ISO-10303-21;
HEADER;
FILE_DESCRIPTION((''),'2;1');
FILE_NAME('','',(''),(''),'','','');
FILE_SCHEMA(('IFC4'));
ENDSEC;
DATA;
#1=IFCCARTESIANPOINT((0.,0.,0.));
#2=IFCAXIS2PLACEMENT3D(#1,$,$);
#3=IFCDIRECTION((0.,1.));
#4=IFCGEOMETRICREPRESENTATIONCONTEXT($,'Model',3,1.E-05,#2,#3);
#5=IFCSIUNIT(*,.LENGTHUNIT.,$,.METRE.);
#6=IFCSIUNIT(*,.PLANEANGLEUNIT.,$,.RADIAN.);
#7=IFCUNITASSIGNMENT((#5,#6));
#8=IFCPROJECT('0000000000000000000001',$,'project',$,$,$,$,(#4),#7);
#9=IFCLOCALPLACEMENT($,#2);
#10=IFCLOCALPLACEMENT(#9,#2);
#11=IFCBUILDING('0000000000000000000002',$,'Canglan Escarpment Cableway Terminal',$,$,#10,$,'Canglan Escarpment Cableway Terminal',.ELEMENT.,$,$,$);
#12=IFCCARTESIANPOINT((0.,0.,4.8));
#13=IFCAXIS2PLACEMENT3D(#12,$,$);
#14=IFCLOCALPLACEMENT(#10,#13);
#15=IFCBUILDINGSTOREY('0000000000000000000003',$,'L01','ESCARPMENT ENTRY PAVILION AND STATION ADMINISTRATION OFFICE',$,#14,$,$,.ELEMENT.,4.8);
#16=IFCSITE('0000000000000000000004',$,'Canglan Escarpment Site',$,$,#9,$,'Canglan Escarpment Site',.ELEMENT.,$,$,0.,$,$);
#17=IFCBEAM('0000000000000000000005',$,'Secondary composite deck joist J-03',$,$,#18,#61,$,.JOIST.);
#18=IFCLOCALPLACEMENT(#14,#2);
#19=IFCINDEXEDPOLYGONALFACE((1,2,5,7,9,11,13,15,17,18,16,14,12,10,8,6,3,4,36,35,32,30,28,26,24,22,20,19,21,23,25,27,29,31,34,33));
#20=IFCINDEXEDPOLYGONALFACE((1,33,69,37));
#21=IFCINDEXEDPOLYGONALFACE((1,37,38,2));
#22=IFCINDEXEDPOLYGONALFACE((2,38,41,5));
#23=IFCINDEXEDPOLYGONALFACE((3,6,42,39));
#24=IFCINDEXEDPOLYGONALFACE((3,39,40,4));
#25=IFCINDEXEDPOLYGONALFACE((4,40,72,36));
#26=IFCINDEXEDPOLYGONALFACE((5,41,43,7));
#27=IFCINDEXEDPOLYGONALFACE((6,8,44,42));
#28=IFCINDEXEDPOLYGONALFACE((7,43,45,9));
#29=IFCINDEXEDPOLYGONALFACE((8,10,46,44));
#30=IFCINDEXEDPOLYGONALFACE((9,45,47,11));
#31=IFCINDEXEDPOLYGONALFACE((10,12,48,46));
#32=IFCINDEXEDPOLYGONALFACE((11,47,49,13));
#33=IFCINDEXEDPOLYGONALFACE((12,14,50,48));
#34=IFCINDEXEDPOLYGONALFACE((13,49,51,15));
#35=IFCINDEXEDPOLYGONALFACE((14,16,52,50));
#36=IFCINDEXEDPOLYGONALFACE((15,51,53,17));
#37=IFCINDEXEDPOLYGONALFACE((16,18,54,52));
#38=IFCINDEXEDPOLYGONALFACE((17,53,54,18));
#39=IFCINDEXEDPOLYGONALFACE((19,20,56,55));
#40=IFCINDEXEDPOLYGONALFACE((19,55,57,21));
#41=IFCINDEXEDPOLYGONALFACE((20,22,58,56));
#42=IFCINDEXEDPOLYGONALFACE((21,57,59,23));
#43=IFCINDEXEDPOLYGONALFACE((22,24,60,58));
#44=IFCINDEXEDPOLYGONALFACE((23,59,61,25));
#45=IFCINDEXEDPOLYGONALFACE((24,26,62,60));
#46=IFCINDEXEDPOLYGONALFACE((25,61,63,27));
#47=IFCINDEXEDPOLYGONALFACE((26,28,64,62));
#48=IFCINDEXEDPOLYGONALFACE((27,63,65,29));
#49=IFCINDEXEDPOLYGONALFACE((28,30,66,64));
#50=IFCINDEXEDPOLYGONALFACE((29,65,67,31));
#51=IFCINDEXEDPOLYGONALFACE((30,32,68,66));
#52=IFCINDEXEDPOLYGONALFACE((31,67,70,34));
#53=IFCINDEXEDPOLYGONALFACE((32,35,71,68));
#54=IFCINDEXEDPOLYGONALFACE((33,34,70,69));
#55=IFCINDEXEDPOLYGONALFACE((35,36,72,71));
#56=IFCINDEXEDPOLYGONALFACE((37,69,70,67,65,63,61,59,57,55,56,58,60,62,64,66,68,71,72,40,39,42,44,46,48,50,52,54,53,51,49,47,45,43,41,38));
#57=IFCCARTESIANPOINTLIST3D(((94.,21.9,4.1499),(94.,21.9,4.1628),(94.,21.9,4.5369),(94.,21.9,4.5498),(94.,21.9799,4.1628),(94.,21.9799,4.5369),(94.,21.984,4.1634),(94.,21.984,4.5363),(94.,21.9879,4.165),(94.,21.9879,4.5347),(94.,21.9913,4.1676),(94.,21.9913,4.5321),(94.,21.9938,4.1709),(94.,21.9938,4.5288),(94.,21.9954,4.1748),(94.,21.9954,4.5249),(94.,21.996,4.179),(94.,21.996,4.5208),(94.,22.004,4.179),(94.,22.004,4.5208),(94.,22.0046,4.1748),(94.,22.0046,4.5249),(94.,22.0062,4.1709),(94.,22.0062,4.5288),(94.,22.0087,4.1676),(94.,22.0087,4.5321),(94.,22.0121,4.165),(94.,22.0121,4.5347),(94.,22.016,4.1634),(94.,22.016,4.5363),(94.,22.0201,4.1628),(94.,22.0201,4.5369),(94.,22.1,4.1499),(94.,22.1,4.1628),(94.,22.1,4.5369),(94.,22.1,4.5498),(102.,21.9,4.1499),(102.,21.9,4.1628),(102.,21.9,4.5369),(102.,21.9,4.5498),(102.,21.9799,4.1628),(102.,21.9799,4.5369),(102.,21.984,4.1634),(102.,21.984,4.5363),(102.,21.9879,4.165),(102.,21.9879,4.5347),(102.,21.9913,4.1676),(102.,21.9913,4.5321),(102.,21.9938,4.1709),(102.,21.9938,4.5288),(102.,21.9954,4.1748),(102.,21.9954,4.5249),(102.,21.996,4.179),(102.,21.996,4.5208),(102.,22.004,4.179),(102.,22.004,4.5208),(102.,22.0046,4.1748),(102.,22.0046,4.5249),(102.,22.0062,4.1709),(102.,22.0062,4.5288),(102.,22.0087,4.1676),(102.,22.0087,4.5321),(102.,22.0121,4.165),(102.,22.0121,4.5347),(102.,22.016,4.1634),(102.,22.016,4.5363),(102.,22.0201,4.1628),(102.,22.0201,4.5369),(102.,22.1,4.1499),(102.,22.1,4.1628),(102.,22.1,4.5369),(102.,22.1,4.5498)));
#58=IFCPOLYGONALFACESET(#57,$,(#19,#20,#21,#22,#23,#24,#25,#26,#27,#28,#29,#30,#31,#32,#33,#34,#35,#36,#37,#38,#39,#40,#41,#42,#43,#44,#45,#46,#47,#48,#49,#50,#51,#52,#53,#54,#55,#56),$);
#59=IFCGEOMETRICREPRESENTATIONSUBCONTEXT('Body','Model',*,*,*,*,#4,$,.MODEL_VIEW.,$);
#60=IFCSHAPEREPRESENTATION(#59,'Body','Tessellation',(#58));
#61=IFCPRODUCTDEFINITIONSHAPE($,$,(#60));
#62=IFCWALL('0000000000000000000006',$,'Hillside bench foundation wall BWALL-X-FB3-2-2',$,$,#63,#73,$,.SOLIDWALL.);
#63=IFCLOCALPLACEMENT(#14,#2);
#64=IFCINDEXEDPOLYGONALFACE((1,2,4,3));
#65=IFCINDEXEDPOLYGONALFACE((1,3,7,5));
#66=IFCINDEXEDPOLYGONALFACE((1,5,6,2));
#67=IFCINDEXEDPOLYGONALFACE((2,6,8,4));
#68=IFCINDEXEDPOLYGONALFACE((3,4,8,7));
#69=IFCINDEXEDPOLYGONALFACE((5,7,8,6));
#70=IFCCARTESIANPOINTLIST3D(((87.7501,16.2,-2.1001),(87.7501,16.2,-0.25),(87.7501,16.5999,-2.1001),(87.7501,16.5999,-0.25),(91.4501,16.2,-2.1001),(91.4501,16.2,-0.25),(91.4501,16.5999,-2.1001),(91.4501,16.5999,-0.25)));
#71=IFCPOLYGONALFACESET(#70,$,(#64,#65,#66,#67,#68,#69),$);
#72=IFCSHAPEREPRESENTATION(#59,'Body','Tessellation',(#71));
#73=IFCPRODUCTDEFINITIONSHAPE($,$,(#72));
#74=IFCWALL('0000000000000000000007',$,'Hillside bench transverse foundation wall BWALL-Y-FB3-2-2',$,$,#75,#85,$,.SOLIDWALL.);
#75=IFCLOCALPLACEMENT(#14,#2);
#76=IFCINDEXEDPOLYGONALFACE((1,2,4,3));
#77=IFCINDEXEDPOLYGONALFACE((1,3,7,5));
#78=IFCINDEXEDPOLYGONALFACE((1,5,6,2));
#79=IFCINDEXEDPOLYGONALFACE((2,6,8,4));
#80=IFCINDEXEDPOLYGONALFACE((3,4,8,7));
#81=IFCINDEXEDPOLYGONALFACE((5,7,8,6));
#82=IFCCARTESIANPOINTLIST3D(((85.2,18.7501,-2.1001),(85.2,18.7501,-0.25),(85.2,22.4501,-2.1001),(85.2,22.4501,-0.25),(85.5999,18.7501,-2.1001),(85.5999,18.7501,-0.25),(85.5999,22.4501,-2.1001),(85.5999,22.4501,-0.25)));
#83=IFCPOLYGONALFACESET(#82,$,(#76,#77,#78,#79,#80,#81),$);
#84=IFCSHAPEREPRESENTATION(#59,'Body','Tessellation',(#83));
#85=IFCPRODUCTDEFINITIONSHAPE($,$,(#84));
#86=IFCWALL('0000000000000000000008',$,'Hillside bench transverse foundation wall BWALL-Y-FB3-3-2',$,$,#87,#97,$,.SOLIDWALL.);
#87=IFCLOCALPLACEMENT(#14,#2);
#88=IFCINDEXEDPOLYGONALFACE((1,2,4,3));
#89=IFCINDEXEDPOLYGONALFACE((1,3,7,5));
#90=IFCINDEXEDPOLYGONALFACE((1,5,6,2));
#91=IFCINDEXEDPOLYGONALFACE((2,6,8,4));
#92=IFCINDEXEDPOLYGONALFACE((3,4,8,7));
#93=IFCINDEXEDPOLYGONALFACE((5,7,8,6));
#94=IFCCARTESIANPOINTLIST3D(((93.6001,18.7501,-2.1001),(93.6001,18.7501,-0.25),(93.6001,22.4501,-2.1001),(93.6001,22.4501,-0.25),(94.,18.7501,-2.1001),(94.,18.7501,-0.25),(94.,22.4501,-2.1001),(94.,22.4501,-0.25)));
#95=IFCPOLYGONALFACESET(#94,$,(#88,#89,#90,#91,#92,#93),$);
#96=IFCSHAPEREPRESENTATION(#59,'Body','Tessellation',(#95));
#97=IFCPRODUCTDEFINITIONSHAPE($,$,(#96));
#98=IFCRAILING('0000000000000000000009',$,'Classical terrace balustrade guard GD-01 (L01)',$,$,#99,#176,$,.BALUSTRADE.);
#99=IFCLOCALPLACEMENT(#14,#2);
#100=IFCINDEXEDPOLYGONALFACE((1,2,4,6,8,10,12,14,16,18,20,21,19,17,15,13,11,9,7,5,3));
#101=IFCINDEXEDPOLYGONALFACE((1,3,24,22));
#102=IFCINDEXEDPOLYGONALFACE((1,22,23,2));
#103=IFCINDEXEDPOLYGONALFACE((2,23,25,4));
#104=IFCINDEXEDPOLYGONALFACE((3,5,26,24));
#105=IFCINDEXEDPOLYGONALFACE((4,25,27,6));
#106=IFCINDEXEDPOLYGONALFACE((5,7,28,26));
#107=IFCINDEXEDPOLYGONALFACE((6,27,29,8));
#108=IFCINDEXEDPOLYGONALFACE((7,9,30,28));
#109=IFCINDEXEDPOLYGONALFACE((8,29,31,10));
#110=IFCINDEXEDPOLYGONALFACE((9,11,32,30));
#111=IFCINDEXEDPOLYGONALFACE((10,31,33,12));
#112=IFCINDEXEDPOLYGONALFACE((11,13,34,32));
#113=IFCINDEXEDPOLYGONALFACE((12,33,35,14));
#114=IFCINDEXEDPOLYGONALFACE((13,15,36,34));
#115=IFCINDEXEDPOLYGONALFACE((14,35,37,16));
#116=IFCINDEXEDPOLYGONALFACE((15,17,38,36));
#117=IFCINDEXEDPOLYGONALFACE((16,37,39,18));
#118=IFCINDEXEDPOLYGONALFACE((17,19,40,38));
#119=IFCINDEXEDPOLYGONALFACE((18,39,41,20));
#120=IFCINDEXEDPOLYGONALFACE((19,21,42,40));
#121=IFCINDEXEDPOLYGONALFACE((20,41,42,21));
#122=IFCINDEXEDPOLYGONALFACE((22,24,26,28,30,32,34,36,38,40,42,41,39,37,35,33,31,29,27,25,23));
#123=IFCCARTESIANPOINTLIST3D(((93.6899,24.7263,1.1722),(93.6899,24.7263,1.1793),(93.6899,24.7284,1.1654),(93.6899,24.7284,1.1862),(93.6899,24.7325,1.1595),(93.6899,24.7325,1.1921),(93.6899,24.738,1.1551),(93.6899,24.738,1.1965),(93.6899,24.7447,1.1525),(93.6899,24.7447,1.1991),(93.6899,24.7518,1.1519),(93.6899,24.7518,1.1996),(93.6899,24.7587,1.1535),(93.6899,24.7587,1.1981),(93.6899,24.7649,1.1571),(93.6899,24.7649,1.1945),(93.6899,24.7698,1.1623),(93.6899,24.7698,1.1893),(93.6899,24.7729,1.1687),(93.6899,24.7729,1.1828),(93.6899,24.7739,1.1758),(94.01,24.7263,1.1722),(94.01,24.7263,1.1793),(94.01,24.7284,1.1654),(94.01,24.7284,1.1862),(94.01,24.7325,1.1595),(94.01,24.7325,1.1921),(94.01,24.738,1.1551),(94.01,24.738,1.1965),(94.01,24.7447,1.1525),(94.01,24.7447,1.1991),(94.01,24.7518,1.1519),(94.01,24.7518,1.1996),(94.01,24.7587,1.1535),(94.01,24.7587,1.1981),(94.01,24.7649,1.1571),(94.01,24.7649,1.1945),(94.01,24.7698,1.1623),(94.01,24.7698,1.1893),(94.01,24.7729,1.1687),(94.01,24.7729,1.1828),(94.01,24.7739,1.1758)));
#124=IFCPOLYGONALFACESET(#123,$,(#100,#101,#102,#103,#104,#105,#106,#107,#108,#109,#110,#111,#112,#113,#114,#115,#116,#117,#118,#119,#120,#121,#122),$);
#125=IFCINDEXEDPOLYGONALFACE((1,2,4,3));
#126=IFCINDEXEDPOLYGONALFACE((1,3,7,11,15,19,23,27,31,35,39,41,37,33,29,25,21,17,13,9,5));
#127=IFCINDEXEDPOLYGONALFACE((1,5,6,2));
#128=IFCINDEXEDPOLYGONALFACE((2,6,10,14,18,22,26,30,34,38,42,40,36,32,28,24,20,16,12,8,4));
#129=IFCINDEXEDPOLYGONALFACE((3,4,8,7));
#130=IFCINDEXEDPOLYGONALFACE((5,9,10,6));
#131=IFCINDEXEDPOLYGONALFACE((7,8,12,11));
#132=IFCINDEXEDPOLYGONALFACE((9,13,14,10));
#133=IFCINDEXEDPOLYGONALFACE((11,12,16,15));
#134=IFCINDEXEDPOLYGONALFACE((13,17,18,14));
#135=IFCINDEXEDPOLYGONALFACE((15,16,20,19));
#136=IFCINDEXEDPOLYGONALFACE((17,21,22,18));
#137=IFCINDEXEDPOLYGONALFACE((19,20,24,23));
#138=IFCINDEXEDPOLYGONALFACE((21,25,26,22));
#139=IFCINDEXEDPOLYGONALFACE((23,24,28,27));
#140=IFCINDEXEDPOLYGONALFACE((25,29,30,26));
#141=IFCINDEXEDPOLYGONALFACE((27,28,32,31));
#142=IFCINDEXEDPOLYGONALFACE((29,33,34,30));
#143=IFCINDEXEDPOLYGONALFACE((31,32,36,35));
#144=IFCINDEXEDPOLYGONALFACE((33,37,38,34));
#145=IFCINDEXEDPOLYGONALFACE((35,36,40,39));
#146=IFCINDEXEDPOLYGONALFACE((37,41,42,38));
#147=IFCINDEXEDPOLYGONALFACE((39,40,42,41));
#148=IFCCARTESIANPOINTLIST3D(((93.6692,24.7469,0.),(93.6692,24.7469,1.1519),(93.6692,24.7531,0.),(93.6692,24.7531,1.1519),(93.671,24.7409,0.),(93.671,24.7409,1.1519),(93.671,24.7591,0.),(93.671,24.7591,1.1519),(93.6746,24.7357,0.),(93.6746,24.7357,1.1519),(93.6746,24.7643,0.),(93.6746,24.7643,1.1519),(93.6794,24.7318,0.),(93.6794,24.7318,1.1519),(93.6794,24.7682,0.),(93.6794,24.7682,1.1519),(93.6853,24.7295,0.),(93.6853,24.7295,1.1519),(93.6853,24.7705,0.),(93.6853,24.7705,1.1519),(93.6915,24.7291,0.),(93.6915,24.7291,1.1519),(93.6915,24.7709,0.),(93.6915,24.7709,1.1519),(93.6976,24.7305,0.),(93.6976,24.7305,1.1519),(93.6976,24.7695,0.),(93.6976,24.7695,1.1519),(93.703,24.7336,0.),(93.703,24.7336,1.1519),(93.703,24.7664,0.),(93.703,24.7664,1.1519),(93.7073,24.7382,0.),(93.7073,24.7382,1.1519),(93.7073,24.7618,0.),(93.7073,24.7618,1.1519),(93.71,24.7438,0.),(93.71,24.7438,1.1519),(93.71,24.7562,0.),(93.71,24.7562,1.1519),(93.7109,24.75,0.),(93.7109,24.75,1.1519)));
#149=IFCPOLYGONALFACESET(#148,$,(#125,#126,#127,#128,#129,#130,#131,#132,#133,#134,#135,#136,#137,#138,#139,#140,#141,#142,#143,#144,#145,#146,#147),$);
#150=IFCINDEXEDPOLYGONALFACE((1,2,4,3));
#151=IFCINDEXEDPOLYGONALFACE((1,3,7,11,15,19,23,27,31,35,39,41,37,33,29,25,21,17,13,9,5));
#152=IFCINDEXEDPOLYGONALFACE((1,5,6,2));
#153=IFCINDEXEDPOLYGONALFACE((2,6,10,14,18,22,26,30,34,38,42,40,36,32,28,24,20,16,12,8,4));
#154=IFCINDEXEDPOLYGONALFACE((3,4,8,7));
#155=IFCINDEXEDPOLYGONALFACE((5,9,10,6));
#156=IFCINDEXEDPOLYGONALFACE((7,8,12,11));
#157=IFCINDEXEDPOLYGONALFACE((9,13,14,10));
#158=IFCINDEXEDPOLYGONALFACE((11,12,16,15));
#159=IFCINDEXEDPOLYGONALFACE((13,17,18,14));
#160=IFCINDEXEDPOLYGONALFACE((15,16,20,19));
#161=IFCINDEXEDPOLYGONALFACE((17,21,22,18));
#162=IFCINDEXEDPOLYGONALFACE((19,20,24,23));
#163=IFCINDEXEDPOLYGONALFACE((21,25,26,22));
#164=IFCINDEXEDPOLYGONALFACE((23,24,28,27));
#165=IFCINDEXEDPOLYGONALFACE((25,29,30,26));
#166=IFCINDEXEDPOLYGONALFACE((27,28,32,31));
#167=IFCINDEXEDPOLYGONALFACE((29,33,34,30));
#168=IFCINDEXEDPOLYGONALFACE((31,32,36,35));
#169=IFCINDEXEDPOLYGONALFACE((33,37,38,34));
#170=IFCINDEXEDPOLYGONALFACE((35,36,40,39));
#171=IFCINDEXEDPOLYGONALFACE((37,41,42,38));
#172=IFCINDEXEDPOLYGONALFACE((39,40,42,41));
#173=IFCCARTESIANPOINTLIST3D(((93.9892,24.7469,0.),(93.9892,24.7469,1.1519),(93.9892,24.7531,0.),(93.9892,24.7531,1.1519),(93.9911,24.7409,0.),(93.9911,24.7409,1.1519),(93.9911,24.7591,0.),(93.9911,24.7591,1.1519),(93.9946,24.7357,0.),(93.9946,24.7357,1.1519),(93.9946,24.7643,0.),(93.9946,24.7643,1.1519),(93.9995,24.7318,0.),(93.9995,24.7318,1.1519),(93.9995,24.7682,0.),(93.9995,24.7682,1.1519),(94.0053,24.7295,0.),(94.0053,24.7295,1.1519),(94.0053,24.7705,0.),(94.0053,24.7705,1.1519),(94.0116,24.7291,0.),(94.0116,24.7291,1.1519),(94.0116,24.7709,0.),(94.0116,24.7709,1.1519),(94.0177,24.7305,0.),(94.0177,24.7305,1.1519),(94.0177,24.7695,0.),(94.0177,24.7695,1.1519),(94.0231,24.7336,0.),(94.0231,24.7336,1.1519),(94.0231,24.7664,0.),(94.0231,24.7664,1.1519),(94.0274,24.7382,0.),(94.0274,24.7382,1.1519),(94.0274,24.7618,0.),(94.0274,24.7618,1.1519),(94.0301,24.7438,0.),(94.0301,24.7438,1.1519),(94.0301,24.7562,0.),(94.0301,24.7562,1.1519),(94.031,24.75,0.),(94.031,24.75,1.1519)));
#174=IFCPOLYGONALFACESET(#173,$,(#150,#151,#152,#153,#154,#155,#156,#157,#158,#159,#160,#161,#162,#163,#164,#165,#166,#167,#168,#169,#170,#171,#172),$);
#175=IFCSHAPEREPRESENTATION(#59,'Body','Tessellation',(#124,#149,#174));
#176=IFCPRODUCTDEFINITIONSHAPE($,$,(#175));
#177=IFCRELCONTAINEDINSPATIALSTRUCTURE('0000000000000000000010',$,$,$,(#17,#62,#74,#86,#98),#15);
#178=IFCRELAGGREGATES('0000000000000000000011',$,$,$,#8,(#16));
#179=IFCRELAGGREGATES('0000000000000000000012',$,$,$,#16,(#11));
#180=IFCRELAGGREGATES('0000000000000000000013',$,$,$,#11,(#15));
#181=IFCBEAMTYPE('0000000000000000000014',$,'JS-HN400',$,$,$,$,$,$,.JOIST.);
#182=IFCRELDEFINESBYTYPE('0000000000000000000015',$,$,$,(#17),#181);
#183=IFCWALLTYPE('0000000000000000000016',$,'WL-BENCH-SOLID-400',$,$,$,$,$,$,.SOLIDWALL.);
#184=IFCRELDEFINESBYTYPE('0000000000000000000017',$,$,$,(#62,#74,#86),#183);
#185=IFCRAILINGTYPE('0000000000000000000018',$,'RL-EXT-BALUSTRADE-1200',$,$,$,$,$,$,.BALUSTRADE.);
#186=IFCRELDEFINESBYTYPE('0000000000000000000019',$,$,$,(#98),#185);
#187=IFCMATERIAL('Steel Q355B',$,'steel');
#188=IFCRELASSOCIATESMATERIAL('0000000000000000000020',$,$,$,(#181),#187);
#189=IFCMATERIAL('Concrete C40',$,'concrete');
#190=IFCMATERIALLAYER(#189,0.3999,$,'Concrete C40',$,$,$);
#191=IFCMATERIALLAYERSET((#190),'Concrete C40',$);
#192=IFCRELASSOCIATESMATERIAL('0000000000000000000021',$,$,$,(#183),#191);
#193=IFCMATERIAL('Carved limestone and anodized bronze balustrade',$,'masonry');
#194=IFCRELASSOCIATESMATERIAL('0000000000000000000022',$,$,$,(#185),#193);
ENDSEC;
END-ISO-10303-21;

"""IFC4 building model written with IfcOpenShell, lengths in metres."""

from ifc_helpers import new_model, si_unit, direction, frame, frame_2d, origin, origin_2d, place, context, subcontext, project, spatial, rectangle, circle, i_section, extrude, material, layer, layer_set, material_profile, profile_set, type_object, element, save


model = new_model("IFC4")

# Units and contexts
model_context = context("Model", 3, precision=1e-05, world=origin(), true_north=direction((0.0, 1.0)))
body_context = subcontext(model_context, "Body", "Model", "MODEL_VIEW")
ifc_project = project(units=[si_unit("LENGTHUNIT", "METRE"), si_unit("PLANEANGLEUNIT", "RADIAN")], contexts=[model_context])

# Site, building, storey
site_placement = place(None, origin())
site = spatial("IfcSite", under=ifc_project, at=site_placement, Name="Canglan Escarpment Site", LongName="Canglan Escarpment Site", CompositionType="ELEMENT", RefElevation=0.0)
building_placement = place(site_placement, origin())
building = spatial("IfcBuilding", under=site, at=building_placement, Name="Canglan Escarpment Cableway Terminal", LongName="Canglan Escarpment Cableway Terminal", CompositionType="ELEMENT")
storey_placement = place(building_placement, frame((0.0, 0.0, 4.8)))
storey = spatial("IfcBuildingStorey", under=building, at=storey_placement, Name="L01", Description="ESCARPMENT ENTRY PAVILION AND STATION ADMINISTRATION OFFICE", CompositionType="ELEMENT", Elevation=4.8)

# Shared definitions
ifc_material_1 = material(Name="Concrete C40", Category="concrete")

# Beam
ifc_material_2 = material(Name="Steel Q355B", Category="steel")
ifc_material_profile_1 = material_profile(ifc_material_2, i_section(OverallWidth=0.2, OverallDepth=0.3999, WebThickness=0.0081, FlangeThickness=0.0129, FilletRadius=0.0161, at=origin_2d()), Name="HN 400x200x8x13")
ifc_profile_set_1 = profile_set([ifc_material_profile_1], Name="Steel Q355B")
beam_type_1 = type_object("IfcBeamType", Name="JS-HN400", PredefinedType="JOIST", material=ifc_profile_set_1)
for number, where, z_axis, x_axis, name in (
    (1, (94.0, 22.0, 4.3499), (1.0, 0.0, 0.0), (0.0, 1.0, 0.0), "Secondary composite deck joist J-03"),
):
    element("IfcBeam", number, at=place(storey_placement, frame(where, z_axis=z_axis, x_axis=x_axis)), inside=storey, type_object=beam_type_1, Name=name, PredefinedType="JOIST", context=body_context, shape_type="SweptSolid", body=[
        extrude(i_section(OverallWidth=0.2, OverallDepth=0.3999, WebThickness=0.0081, FlangeThickness=0.0129, FilletRadius=0.0161, at=origin_2d()), origin(), (0.0, 0.0, 1.0), 8.0),
    ])

# Walls
ifc_layer = layer(ifc_material_1, 0.3999, Name="Concrete C40")
ifc_layer_set = layer_set([ifc_layer], Name="Concrete C40")
wall_type = type_object("IfcWallType", Name="WL-BENCH-SOLID-400", PredefinedType="SOLIDWALL", material=ifc_layer_set)
for number, where, z_axis, x_axis, name in (
    (2, (87.75, 16.3999, -2.1001), (0.0, 0.0, 1.0), (1.0, 0.0, 0.0), "Hillside bench foundation wall BWALL-X-FB3-2-2"),
    (3, (85.3999, 18.75, -2.1001), (0.0, 0.0, 1.0), (0.0, 1.0, 0.0), "Hillside bench transverse foundation wall BWALL-Y-FB3-2-2"),
    (4, (93.8, 18.75, -2.1001), (0.0, 0.0, 1.0), (0.0, 1.0, 0.0), "Hillside bench transverse foundation wall BWALL-Y-FB3-3-2"),
):
    element("IfcWall", number, at=place(storey_placement, frame(where, z_axis=z_axis, x_axis=x_axis)), inside=storey, type_object=wall_type, Name=name, PredefinedType="SOLIDWALL", context=body_context, shape_type="SweptSolid", body=[
        extrude(rectangle(XDim=3.7, YDim=0.3999, at=frame_2d((1.8501, 0.0))), origin(), (0.0, 0.0, 1.0), 1.8501),
    ])

# Railing
ifc_material_3 = material(Name="Carved limestone and anodized bronze balustrade", Category="masonry")
railing_type = type_object("IfcRailingType", Name="RL-EXT-BALUSTRADE-1200", PredefinedType="BALUSTRADE", material=ifc_material_3)
railing_placement = place(storey_placement, frame((93.6899, 24.75, 0.0)))
element("IfcRailing", 5, at=railing_placement, inside=storey, type_object=railing_type, Name="Classical terrace balustrade guard GD-01 (L01)", PredefinedType="BALUSTRADE", context=body_context, shape_type="SweptSolid", body=[
    extrude(circle(Radius=0.0239, at=origin_2d()), frame((0.0, 0.0, 1.1758), z_axis=(1.0, 0.0, 0.0), x_axis=(0.0, 1.0, 0.0)), (0.0, 0.0, 1.0), 0.3201),
    extrude(circle(Radius=0.021, at=origin_2d()), origin(), (0.0, 0.0, 1.0), 1.1519),
    extrude(circle(Radius=0.021, at=origin_2d()), frame((0.3201, 0.0, 0.0)), (0.0, 0.0, 1.0), 1.1519),
])

save(model, "model.ifc")
